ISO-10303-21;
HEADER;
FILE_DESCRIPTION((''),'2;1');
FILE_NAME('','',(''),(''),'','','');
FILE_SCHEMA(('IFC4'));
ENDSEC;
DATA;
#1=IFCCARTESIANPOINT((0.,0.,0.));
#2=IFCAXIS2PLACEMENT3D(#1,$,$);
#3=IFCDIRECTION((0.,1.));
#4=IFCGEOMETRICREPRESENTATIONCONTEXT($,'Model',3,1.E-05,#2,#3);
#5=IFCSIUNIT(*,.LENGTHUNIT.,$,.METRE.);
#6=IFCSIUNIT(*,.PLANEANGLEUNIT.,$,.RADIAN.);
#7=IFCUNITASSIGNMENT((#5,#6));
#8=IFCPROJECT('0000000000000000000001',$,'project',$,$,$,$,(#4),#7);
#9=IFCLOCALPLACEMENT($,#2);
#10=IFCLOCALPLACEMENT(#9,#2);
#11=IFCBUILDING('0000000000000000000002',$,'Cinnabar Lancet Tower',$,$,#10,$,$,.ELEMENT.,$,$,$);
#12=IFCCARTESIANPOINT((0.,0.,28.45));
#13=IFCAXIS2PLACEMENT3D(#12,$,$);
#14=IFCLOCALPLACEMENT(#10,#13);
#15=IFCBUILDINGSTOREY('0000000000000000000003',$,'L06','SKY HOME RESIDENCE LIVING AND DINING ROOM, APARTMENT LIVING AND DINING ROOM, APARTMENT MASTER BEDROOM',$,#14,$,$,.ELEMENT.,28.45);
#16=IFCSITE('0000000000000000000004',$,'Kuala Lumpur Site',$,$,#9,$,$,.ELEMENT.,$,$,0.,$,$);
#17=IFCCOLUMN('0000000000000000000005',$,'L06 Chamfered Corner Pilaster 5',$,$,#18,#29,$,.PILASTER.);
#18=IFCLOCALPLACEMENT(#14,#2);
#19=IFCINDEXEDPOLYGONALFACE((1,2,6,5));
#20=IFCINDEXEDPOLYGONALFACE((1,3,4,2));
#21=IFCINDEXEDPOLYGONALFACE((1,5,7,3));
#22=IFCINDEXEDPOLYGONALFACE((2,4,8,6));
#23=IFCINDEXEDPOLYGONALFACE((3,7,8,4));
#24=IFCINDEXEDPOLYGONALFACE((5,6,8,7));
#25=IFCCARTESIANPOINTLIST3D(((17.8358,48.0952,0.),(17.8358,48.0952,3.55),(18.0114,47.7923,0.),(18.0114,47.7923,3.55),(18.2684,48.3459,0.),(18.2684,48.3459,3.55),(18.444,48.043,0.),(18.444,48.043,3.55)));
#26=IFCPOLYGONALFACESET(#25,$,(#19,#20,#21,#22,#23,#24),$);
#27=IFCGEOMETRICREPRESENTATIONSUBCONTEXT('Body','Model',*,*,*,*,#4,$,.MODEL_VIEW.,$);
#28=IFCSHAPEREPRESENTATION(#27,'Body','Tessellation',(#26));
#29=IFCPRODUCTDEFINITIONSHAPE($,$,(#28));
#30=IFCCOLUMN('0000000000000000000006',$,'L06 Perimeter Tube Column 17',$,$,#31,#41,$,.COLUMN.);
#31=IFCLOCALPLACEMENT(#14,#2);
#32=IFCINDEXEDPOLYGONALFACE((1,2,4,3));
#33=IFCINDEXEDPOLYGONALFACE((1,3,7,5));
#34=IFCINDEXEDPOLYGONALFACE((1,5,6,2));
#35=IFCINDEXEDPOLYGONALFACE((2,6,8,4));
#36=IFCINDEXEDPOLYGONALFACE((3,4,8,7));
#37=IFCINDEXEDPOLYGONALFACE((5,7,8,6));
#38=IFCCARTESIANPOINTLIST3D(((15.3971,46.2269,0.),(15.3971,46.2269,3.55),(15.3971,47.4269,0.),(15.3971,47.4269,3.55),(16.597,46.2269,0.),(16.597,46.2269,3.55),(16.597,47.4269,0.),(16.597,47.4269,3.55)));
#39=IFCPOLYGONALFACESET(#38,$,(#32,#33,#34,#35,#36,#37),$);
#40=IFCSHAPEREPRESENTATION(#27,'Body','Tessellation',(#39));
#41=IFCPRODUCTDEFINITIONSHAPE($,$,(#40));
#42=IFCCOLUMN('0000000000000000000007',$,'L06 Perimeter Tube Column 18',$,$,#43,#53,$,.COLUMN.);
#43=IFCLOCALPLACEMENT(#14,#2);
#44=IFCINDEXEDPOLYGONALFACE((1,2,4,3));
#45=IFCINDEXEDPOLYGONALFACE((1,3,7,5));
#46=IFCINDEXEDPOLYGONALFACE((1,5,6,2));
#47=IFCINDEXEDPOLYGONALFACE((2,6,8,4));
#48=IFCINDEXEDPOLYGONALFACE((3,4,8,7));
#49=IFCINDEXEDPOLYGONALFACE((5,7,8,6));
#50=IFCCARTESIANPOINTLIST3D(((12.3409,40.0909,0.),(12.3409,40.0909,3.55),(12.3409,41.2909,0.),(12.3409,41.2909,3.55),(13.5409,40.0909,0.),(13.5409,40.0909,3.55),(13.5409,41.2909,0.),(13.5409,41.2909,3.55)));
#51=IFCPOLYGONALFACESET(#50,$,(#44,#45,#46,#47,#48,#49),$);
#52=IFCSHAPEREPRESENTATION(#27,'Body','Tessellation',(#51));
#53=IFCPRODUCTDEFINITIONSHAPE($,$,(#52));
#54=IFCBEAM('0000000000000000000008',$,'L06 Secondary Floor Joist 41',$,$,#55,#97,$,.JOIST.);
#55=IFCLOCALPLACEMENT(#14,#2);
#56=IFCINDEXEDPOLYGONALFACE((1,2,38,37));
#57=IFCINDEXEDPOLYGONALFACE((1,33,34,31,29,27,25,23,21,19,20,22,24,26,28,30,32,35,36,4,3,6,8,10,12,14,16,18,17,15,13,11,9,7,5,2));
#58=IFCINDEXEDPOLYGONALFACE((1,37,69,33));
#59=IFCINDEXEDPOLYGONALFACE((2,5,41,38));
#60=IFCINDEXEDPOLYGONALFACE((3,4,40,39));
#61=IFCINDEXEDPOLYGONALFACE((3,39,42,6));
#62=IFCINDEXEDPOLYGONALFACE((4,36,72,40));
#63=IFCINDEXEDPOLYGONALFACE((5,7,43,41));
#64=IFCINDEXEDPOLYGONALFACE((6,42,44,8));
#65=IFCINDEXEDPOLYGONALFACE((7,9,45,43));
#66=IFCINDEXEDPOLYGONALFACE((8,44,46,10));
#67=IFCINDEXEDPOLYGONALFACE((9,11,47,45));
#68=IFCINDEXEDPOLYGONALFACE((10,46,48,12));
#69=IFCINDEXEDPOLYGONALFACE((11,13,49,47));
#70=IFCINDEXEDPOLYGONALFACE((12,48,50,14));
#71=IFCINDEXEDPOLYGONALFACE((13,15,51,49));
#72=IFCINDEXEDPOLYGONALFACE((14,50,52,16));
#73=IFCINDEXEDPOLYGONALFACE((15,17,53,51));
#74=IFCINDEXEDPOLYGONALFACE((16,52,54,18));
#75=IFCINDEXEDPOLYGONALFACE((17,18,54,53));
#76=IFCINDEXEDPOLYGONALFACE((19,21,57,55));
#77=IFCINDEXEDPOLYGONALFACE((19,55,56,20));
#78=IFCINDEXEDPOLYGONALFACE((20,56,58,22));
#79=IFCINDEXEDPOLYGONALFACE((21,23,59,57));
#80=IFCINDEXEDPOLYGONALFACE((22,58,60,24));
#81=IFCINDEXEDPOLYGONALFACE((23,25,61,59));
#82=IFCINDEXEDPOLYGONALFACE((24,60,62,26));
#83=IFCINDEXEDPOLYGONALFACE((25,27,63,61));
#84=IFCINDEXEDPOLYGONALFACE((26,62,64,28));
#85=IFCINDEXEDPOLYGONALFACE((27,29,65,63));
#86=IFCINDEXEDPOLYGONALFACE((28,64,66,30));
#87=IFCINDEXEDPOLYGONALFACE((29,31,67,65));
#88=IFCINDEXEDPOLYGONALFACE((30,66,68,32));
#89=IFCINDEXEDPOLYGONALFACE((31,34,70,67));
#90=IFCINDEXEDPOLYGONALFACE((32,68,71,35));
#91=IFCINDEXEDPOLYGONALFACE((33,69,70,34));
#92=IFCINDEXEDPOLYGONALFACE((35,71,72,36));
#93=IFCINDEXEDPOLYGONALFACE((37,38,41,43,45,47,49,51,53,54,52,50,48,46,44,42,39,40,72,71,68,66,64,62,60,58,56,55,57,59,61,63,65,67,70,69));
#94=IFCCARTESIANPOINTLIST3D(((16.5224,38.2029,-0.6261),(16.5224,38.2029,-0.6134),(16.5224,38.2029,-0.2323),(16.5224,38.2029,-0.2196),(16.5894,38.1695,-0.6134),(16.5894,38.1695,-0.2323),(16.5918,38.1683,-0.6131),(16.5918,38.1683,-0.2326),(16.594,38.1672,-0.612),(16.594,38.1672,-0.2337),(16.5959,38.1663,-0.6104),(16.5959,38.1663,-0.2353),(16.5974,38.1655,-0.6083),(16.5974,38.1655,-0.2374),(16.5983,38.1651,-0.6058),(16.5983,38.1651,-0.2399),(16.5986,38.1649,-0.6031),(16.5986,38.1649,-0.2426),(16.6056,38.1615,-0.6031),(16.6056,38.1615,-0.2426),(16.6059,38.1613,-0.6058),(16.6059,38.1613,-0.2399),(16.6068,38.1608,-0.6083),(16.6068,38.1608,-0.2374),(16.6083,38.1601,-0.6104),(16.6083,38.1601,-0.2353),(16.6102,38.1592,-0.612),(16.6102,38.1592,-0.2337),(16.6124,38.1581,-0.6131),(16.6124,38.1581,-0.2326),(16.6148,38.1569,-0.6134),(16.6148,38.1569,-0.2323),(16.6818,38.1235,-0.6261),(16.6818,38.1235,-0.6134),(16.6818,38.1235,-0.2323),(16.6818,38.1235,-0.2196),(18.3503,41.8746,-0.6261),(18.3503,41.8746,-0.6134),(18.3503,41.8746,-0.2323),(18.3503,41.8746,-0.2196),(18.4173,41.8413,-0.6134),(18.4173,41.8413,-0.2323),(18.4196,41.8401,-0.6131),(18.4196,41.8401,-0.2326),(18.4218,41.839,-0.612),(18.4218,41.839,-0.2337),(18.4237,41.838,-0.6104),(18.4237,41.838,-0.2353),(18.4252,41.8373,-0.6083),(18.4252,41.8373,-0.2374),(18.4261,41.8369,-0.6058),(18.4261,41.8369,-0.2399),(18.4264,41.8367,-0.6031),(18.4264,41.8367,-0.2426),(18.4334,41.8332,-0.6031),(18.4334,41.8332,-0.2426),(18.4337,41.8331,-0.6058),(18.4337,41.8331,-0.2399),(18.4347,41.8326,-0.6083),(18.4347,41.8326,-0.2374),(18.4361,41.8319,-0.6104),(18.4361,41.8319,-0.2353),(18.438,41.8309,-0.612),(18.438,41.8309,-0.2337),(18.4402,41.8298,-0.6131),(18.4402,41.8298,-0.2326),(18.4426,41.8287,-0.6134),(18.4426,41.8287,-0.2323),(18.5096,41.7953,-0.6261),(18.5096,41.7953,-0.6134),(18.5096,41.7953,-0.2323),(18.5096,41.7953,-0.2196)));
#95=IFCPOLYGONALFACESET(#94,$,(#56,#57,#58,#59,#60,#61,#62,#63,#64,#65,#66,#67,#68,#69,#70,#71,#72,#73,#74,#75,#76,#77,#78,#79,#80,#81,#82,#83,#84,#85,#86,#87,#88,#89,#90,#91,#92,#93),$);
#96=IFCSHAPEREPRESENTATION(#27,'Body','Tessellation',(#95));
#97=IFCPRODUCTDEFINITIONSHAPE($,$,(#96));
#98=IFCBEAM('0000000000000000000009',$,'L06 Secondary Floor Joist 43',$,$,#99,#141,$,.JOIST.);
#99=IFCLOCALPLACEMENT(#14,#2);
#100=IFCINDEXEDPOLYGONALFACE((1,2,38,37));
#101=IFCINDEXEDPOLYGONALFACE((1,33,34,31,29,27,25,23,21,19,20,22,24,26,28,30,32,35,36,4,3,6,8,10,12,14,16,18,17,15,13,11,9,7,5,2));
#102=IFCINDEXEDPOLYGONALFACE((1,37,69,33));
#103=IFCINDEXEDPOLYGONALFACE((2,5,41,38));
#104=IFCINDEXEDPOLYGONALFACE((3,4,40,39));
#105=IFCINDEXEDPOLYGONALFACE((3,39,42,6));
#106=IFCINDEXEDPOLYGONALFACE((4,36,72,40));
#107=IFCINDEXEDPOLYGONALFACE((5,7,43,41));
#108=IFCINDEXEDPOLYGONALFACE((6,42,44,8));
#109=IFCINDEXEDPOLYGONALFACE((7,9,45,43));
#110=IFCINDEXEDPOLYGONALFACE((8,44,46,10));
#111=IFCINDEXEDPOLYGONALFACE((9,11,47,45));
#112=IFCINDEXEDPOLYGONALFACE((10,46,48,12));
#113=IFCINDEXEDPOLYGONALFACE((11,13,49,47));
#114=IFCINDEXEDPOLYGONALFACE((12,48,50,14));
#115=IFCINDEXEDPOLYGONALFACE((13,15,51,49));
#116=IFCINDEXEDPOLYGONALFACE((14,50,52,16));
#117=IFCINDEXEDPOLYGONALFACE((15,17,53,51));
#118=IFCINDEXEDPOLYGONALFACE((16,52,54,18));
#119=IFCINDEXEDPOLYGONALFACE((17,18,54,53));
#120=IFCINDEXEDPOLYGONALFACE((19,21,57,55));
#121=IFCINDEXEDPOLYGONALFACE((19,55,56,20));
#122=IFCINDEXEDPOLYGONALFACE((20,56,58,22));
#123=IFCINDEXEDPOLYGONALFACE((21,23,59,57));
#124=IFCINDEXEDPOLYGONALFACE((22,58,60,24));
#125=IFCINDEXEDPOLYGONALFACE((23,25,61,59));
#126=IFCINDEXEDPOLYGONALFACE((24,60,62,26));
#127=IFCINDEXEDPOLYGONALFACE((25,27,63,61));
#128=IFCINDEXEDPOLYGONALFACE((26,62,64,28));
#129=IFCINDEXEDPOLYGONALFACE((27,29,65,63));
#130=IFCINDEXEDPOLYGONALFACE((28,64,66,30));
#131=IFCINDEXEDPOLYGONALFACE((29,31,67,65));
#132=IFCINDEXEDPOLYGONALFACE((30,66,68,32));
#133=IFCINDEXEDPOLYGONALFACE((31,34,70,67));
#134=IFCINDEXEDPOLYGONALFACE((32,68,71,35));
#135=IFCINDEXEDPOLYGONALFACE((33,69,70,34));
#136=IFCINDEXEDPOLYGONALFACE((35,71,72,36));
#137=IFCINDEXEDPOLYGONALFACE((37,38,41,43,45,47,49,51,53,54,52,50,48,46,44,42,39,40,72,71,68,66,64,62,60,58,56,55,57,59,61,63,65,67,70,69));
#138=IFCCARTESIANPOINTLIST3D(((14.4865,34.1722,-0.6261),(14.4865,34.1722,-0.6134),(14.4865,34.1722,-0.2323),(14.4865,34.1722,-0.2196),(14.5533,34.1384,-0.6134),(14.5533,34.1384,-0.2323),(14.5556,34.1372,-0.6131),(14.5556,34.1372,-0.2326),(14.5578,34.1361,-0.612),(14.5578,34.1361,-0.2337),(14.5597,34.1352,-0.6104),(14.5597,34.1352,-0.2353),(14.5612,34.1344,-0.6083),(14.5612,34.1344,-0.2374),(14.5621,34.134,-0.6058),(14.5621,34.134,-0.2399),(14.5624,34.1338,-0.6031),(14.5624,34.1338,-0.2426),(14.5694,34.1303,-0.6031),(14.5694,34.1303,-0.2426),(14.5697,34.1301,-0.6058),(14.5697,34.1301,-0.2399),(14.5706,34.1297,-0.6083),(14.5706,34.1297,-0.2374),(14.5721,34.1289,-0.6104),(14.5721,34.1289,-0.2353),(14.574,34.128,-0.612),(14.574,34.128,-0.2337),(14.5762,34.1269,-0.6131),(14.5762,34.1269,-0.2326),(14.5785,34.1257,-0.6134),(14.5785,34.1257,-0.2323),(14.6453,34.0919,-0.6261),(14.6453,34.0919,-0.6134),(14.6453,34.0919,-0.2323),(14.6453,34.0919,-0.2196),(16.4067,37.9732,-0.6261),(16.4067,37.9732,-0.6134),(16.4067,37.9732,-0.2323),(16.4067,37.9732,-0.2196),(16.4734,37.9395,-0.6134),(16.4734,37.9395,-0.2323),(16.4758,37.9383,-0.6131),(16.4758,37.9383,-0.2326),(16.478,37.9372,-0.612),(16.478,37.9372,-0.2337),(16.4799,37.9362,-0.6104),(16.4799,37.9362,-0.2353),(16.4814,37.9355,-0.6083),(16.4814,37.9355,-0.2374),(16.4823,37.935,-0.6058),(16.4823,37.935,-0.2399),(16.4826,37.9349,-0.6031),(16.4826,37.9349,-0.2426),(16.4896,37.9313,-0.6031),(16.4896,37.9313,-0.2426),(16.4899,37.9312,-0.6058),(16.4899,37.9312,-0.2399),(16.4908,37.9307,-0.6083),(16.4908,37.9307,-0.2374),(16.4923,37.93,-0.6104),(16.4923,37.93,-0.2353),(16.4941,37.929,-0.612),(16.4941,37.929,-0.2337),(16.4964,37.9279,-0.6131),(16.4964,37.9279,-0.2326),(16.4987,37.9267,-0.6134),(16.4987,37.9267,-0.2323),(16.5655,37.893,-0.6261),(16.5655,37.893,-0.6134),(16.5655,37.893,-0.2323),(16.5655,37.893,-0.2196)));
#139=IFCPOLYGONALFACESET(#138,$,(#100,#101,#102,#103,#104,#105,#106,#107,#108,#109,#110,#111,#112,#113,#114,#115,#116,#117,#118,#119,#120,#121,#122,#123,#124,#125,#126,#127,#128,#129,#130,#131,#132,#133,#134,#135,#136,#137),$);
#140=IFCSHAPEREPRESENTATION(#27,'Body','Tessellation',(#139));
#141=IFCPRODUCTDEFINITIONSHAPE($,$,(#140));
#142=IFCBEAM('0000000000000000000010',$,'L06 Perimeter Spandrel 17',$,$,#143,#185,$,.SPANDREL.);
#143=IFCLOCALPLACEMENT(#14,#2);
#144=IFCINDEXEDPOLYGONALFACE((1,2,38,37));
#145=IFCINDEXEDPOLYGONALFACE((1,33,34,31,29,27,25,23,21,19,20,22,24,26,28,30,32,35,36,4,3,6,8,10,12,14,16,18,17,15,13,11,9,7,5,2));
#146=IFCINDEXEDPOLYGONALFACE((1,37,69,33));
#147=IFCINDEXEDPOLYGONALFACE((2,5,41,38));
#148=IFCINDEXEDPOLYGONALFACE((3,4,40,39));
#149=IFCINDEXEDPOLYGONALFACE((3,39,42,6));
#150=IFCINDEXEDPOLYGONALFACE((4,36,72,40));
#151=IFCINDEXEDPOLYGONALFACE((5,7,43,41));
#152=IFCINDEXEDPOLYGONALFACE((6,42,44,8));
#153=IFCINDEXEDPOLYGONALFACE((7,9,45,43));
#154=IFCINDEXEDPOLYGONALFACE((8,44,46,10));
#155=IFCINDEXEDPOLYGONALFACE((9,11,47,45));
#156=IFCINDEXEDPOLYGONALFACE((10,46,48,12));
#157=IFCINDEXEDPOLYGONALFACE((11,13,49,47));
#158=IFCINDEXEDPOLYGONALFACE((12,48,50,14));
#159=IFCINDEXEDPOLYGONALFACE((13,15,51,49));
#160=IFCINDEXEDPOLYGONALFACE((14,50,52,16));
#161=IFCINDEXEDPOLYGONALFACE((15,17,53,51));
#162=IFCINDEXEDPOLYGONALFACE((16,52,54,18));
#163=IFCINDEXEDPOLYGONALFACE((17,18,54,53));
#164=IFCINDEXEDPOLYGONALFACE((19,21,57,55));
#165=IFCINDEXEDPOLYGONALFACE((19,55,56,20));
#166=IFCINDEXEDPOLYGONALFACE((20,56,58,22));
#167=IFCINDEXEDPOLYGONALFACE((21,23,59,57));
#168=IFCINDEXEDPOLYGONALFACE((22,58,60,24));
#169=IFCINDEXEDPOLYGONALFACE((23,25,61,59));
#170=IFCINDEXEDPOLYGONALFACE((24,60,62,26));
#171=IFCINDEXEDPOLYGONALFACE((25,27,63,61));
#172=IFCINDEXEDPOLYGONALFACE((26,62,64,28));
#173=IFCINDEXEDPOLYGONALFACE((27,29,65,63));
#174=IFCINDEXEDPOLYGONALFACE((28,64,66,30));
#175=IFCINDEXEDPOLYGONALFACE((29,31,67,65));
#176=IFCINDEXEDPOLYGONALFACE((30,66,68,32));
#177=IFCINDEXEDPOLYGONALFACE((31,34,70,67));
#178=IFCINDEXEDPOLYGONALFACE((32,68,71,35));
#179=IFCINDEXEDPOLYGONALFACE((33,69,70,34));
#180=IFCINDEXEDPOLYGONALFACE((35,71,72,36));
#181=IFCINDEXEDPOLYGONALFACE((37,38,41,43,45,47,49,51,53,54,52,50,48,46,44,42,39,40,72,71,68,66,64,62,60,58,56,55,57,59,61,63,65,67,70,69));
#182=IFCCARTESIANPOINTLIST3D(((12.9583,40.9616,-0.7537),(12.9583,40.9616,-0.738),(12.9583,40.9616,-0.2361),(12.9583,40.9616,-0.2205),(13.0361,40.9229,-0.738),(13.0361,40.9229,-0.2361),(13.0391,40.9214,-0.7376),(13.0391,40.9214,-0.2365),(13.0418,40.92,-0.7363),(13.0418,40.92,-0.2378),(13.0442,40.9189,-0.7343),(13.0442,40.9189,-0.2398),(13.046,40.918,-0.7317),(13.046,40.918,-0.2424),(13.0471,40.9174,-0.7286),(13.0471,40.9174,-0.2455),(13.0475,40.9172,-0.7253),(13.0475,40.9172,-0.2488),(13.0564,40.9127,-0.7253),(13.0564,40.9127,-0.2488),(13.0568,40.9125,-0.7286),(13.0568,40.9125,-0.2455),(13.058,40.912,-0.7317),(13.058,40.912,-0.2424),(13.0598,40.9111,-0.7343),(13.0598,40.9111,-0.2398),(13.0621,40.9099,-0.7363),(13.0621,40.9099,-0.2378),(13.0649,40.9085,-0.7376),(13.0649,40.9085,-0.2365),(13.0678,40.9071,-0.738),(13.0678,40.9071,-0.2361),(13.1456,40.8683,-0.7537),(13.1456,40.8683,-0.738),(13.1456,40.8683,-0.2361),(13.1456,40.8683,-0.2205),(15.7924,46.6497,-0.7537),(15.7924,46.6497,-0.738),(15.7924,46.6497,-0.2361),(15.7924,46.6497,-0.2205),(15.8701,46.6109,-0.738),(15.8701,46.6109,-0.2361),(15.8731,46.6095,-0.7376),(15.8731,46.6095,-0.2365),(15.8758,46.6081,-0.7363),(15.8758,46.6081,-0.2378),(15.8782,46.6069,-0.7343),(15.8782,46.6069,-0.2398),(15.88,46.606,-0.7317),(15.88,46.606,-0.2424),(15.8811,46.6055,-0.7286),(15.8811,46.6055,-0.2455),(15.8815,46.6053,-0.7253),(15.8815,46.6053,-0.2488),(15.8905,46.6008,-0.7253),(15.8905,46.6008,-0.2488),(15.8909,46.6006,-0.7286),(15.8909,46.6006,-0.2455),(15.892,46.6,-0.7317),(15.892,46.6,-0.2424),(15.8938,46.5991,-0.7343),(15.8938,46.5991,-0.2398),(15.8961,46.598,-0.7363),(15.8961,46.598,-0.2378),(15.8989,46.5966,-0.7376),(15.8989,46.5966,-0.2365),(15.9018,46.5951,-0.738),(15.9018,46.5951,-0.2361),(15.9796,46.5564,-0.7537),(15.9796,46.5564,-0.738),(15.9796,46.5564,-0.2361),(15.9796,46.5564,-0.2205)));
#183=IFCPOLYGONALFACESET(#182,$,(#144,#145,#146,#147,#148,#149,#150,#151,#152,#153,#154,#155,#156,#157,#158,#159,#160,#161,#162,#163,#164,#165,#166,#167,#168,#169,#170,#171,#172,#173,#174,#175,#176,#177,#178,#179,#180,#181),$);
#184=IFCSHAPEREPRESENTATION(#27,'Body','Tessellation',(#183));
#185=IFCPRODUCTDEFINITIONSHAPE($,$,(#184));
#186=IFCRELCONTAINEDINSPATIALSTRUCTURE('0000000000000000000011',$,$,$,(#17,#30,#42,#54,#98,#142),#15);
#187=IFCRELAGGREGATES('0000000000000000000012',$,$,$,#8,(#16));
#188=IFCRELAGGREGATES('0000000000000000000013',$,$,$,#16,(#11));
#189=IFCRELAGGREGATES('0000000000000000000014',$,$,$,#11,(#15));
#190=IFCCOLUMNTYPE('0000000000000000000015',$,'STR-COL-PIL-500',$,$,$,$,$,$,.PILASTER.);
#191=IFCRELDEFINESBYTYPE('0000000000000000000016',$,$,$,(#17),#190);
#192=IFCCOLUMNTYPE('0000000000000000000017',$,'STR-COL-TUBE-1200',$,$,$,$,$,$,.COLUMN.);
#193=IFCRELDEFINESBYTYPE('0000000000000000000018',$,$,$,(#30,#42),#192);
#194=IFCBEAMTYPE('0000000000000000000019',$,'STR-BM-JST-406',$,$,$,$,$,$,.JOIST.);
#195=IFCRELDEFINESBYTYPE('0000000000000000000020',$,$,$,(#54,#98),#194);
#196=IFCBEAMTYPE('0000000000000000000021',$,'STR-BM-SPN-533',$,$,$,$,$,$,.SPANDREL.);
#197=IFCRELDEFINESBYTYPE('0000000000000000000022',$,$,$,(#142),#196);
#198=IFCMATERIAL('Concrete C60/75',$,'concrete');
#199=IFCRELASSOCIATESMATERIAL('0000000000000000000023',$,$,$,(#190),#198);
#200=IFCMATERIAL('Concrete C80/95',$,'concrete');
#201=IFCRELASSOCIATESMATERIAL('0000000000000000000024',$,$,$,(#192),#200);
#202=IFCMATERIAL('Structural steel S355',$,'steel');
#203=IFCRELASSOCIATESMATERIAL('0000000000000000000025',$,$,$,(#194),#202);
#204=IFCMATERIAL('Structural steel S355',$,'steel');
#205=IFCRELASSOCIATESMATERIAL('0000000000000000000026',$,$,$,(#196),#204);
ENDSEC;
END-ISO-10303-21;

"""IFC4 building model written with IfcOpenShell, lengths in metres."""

from ifc_helpers import new_model, si_unit, direction, frame, origin, origin_2d, place, context, subcontext, project, spatial, rectangle, i_section, extrude, material, material_profile, profile_set, type_object, element, save


model = new_model("IFC4")

# Units and contexts
model_context = context("Model", 3, precision=1e-05, world=origin(), true_north=direction((0.0, 1.0)))
body_context = subcontext(model_context, "Body", "Model", "MODEL_VIEW")
ifc_project = project(units=[si_unit("LENGTHUNIT", "METRE"), si_unit("PLANEANGLEUNIT", "RADIAN")], contexts=[model_context])

# Site, building, storey
site_placement = place(None, origin())
site = spatial("IfcSite", under=ifc_project, at=site_placement, Name="Kuala Lumpur Site", CompositionType="ELEMENT", RefElevation=0.0)
building_placement = place(site_placement, origin())
building = spatial("IfcBuilding", under=site, at=building_placement, Name="Cinnabar Lancet Tower", CompositionType="ELEMENT")
storey_placement = place(building_placement, frame((0.0, 0.0, 28.45)))
storey = spatial("IfcBuildingStorey", under=building, at=storey_placement, Name="L06", Description="SKY HOME RESIDENCE LIVING AND DINING ROOM, APARTMENT LIVING AND DINING ROOM, APARTMENT MASTER BEDROOM", CompositionType="ELEMENT", Elevation=28.45)

# Columns
ifc_material_1 = material(Name="Concrete C60/75", Category="concrete")
ifc_material_profile_1 = material_profile(ifc_material_1, rectangle(XDim=0.5, YDim=0.3501, at=origin_2d()), Name="RC-PIL 500x350")
ifc_profile_set_1 = profile_set([ifc_material_profile_1], Name="Concrete C60/75")
column_type_1 = type_object("IfcColumnType", Name="STR-COL-PIL-500", PredefinedType="PILASTER", material=ifc_profile_set_1)
column_placement = place(storey_placement, frame((18.1399, 48.0691, 0.0), z_axis=(0.0, 0.0, 1.0), x_axis=(-0.865195, -0.501435, 0.0)))
element("IfcColumn", 1, at=column_placement, inside=storey, type_object=column_type_1, Name="L06 Chamfered Corner Pilaster 5", PredefinedType="PILASTER", context=body_context, shape_type="SweptSolid", body=[
    extrude(rectangle(XDim=0.5, YDim=0.3501, at=origin_2d()), origin(), (0.0, 0.0, 1.0), 3.55),
])
ifc_material_2 = material(Name="Concrete C80/95", Category="concrete")
ifc_material_profile_2 = material_profile(ifc_material_2, rectangle(XDim=1.2, YDim=1.2, at=origin_2d()), Name="RC-COL 1200x1200")
ifc_profile_set_2 = profile_set([ifc_material_profile_2], Name="Concrete C80/95")
column_type_2 = type_object("IfcColumnType", Name="STR-COL-TUBE-1200", PredefinedType="COLUMN", material=ifc_profile_set_2)
for number, where, z_axis, x_axis, name in (
    (2, (15.9971, 46.8269, 0.0), (0.0, 0.0, 1.0), (1.0, 0.0, 0.0), "L06 Perimeter Tube Column 17"),
    (3, (12.9409, 40.6909, 0.0), (0.0, 0.0, 1.0), (1.0, 0.0, 0.0), "L06 Perimeter Tube Column 18"),
):
    element("IfcColumn", number, at=place(storey_placement, frame(where, z_axis=z_axis, x_axis=x_axis)), inside=storey, type_object=column_type_2, Name=name, PredefinedType="COLUMN", context=body_context, shape_type="SweptSolid", body=[
        extrude(rectangle(XDim=1.2, YDim=1.2, at=origin_2d()), origin(), (0.0, 0.0, 1.0), 3.55),
    ])

# Beams
ifc_material_3 = material(Name="Structural steel S355", Category="steel")
ifc_material_profile_3 = material_profile(ifc_material_3, i_section(OverallWidth=0.178, OverallDepth=0.4065, WebThickness=0.0078, FlangeThickness=0.0127, FilletRadius=0.0103, at=origin_2d()), Name="UKB 406x178x60")
ifc_profile_set_3 = profile_set([ifc_material_profile_3], Name="Structural steel S355")
beam_type_1 = type_object("IfcBeamType", Name="STR-BM-JST-406", PredefinedType="JOIST", material=ifc_profile_set_3)
beam_1_placement = place(storey_placement, frame((18.4299, 41.835, -0.4229), z_axis=(-0.445642, -0.895212, 0.0), x_axis=(0.895212, -0.445642, 0.0)))
element("IfcBeam", 4, at=beam_1_placement, inside=storey, type_object=beam_type_1, Name="L06 Secondary Floor Joist 41", PredefinedType="JOIST", context=body_context, shape_type="SweptSolid", body=[
    extrude(i_section(OverallWidth=0.178, OverallDepth=0.4065, WebThickness=0.0078, FlangeThickness=0.0127, FilletRadius=0.0103, at=origin_2d()), origin(), (0.0, 0.0, 1.0), 4.1016),
])
beam_2_placement = place(storey_placement, frame((16.4861, 37.9331, -0.4229), z_axis=(-0.450902, -0.892574, 0.0), x_axis=(0.892574, -0.450902, 0.0)))
element("IfcBeam", 5, at=beam_2_placement, inside=storey, type_object=beam_type_1, Name="L06 Secondary Floor Joist 43", PredefinedType="JOIST", context=body_context, shape_type="SweptSolid", body=[
    extrude(i_section(OverallWidth=0.178, OverallDepth=0.4065, WebThickness=0.0078, FlangeThickness=0.0127, FilletRadius=0.0103, at=origin_2d()), origin(), (0.0, 0.0, 1.0), 4.2585),
])
ifc_material_4 = material(Name="Structural steel S355", Category="steel")
ifc_material_profile_4 = material_profile(ifc_material_4, i_section(OverallWidth=0.2092, OverallDepth=0.5332, WebThickness=0.01, FlangeThickness=0.0156, FilletRadius=0.0127, at=origin_2d()), Name="UKB 533x210x92")
ifc_profile_set_4 = profile_set([ifc_material_profile_4], Name="Structural steel S355")
beam_type_2 = type_object("IfcBeamType", Name="STR-BM-SPN-533", PredefinedType="SPANDREL", material=ifc_profile_set_4)
beam_3_placement = place(storey_placement, frame((15.886, 46.603, -0.4871), z_axis=(-0.445953, -0.895056, 0.0), x_axis=(0.895056, -0.445953, 0.0)))
element("IfcBeam", 6, at=beam_3_placement, inside=storey, type_object=beam_type_2, Name="L06 Perimeter Spandrel 17", PredefinedType="SPANDREL", context=body_context, shape_type="SweptSolid", body=[
    extrude(i_section(OverallWidth=0.2092, OverallDepth=0.5332, WebThickness=0.01, FlangeThickness=0.0156, FilletRadius=0.0127, at=origin_2d()), origin(), (0.0, 0.0, 1.0), 6.355),
])

save(model, "model.ifc")
